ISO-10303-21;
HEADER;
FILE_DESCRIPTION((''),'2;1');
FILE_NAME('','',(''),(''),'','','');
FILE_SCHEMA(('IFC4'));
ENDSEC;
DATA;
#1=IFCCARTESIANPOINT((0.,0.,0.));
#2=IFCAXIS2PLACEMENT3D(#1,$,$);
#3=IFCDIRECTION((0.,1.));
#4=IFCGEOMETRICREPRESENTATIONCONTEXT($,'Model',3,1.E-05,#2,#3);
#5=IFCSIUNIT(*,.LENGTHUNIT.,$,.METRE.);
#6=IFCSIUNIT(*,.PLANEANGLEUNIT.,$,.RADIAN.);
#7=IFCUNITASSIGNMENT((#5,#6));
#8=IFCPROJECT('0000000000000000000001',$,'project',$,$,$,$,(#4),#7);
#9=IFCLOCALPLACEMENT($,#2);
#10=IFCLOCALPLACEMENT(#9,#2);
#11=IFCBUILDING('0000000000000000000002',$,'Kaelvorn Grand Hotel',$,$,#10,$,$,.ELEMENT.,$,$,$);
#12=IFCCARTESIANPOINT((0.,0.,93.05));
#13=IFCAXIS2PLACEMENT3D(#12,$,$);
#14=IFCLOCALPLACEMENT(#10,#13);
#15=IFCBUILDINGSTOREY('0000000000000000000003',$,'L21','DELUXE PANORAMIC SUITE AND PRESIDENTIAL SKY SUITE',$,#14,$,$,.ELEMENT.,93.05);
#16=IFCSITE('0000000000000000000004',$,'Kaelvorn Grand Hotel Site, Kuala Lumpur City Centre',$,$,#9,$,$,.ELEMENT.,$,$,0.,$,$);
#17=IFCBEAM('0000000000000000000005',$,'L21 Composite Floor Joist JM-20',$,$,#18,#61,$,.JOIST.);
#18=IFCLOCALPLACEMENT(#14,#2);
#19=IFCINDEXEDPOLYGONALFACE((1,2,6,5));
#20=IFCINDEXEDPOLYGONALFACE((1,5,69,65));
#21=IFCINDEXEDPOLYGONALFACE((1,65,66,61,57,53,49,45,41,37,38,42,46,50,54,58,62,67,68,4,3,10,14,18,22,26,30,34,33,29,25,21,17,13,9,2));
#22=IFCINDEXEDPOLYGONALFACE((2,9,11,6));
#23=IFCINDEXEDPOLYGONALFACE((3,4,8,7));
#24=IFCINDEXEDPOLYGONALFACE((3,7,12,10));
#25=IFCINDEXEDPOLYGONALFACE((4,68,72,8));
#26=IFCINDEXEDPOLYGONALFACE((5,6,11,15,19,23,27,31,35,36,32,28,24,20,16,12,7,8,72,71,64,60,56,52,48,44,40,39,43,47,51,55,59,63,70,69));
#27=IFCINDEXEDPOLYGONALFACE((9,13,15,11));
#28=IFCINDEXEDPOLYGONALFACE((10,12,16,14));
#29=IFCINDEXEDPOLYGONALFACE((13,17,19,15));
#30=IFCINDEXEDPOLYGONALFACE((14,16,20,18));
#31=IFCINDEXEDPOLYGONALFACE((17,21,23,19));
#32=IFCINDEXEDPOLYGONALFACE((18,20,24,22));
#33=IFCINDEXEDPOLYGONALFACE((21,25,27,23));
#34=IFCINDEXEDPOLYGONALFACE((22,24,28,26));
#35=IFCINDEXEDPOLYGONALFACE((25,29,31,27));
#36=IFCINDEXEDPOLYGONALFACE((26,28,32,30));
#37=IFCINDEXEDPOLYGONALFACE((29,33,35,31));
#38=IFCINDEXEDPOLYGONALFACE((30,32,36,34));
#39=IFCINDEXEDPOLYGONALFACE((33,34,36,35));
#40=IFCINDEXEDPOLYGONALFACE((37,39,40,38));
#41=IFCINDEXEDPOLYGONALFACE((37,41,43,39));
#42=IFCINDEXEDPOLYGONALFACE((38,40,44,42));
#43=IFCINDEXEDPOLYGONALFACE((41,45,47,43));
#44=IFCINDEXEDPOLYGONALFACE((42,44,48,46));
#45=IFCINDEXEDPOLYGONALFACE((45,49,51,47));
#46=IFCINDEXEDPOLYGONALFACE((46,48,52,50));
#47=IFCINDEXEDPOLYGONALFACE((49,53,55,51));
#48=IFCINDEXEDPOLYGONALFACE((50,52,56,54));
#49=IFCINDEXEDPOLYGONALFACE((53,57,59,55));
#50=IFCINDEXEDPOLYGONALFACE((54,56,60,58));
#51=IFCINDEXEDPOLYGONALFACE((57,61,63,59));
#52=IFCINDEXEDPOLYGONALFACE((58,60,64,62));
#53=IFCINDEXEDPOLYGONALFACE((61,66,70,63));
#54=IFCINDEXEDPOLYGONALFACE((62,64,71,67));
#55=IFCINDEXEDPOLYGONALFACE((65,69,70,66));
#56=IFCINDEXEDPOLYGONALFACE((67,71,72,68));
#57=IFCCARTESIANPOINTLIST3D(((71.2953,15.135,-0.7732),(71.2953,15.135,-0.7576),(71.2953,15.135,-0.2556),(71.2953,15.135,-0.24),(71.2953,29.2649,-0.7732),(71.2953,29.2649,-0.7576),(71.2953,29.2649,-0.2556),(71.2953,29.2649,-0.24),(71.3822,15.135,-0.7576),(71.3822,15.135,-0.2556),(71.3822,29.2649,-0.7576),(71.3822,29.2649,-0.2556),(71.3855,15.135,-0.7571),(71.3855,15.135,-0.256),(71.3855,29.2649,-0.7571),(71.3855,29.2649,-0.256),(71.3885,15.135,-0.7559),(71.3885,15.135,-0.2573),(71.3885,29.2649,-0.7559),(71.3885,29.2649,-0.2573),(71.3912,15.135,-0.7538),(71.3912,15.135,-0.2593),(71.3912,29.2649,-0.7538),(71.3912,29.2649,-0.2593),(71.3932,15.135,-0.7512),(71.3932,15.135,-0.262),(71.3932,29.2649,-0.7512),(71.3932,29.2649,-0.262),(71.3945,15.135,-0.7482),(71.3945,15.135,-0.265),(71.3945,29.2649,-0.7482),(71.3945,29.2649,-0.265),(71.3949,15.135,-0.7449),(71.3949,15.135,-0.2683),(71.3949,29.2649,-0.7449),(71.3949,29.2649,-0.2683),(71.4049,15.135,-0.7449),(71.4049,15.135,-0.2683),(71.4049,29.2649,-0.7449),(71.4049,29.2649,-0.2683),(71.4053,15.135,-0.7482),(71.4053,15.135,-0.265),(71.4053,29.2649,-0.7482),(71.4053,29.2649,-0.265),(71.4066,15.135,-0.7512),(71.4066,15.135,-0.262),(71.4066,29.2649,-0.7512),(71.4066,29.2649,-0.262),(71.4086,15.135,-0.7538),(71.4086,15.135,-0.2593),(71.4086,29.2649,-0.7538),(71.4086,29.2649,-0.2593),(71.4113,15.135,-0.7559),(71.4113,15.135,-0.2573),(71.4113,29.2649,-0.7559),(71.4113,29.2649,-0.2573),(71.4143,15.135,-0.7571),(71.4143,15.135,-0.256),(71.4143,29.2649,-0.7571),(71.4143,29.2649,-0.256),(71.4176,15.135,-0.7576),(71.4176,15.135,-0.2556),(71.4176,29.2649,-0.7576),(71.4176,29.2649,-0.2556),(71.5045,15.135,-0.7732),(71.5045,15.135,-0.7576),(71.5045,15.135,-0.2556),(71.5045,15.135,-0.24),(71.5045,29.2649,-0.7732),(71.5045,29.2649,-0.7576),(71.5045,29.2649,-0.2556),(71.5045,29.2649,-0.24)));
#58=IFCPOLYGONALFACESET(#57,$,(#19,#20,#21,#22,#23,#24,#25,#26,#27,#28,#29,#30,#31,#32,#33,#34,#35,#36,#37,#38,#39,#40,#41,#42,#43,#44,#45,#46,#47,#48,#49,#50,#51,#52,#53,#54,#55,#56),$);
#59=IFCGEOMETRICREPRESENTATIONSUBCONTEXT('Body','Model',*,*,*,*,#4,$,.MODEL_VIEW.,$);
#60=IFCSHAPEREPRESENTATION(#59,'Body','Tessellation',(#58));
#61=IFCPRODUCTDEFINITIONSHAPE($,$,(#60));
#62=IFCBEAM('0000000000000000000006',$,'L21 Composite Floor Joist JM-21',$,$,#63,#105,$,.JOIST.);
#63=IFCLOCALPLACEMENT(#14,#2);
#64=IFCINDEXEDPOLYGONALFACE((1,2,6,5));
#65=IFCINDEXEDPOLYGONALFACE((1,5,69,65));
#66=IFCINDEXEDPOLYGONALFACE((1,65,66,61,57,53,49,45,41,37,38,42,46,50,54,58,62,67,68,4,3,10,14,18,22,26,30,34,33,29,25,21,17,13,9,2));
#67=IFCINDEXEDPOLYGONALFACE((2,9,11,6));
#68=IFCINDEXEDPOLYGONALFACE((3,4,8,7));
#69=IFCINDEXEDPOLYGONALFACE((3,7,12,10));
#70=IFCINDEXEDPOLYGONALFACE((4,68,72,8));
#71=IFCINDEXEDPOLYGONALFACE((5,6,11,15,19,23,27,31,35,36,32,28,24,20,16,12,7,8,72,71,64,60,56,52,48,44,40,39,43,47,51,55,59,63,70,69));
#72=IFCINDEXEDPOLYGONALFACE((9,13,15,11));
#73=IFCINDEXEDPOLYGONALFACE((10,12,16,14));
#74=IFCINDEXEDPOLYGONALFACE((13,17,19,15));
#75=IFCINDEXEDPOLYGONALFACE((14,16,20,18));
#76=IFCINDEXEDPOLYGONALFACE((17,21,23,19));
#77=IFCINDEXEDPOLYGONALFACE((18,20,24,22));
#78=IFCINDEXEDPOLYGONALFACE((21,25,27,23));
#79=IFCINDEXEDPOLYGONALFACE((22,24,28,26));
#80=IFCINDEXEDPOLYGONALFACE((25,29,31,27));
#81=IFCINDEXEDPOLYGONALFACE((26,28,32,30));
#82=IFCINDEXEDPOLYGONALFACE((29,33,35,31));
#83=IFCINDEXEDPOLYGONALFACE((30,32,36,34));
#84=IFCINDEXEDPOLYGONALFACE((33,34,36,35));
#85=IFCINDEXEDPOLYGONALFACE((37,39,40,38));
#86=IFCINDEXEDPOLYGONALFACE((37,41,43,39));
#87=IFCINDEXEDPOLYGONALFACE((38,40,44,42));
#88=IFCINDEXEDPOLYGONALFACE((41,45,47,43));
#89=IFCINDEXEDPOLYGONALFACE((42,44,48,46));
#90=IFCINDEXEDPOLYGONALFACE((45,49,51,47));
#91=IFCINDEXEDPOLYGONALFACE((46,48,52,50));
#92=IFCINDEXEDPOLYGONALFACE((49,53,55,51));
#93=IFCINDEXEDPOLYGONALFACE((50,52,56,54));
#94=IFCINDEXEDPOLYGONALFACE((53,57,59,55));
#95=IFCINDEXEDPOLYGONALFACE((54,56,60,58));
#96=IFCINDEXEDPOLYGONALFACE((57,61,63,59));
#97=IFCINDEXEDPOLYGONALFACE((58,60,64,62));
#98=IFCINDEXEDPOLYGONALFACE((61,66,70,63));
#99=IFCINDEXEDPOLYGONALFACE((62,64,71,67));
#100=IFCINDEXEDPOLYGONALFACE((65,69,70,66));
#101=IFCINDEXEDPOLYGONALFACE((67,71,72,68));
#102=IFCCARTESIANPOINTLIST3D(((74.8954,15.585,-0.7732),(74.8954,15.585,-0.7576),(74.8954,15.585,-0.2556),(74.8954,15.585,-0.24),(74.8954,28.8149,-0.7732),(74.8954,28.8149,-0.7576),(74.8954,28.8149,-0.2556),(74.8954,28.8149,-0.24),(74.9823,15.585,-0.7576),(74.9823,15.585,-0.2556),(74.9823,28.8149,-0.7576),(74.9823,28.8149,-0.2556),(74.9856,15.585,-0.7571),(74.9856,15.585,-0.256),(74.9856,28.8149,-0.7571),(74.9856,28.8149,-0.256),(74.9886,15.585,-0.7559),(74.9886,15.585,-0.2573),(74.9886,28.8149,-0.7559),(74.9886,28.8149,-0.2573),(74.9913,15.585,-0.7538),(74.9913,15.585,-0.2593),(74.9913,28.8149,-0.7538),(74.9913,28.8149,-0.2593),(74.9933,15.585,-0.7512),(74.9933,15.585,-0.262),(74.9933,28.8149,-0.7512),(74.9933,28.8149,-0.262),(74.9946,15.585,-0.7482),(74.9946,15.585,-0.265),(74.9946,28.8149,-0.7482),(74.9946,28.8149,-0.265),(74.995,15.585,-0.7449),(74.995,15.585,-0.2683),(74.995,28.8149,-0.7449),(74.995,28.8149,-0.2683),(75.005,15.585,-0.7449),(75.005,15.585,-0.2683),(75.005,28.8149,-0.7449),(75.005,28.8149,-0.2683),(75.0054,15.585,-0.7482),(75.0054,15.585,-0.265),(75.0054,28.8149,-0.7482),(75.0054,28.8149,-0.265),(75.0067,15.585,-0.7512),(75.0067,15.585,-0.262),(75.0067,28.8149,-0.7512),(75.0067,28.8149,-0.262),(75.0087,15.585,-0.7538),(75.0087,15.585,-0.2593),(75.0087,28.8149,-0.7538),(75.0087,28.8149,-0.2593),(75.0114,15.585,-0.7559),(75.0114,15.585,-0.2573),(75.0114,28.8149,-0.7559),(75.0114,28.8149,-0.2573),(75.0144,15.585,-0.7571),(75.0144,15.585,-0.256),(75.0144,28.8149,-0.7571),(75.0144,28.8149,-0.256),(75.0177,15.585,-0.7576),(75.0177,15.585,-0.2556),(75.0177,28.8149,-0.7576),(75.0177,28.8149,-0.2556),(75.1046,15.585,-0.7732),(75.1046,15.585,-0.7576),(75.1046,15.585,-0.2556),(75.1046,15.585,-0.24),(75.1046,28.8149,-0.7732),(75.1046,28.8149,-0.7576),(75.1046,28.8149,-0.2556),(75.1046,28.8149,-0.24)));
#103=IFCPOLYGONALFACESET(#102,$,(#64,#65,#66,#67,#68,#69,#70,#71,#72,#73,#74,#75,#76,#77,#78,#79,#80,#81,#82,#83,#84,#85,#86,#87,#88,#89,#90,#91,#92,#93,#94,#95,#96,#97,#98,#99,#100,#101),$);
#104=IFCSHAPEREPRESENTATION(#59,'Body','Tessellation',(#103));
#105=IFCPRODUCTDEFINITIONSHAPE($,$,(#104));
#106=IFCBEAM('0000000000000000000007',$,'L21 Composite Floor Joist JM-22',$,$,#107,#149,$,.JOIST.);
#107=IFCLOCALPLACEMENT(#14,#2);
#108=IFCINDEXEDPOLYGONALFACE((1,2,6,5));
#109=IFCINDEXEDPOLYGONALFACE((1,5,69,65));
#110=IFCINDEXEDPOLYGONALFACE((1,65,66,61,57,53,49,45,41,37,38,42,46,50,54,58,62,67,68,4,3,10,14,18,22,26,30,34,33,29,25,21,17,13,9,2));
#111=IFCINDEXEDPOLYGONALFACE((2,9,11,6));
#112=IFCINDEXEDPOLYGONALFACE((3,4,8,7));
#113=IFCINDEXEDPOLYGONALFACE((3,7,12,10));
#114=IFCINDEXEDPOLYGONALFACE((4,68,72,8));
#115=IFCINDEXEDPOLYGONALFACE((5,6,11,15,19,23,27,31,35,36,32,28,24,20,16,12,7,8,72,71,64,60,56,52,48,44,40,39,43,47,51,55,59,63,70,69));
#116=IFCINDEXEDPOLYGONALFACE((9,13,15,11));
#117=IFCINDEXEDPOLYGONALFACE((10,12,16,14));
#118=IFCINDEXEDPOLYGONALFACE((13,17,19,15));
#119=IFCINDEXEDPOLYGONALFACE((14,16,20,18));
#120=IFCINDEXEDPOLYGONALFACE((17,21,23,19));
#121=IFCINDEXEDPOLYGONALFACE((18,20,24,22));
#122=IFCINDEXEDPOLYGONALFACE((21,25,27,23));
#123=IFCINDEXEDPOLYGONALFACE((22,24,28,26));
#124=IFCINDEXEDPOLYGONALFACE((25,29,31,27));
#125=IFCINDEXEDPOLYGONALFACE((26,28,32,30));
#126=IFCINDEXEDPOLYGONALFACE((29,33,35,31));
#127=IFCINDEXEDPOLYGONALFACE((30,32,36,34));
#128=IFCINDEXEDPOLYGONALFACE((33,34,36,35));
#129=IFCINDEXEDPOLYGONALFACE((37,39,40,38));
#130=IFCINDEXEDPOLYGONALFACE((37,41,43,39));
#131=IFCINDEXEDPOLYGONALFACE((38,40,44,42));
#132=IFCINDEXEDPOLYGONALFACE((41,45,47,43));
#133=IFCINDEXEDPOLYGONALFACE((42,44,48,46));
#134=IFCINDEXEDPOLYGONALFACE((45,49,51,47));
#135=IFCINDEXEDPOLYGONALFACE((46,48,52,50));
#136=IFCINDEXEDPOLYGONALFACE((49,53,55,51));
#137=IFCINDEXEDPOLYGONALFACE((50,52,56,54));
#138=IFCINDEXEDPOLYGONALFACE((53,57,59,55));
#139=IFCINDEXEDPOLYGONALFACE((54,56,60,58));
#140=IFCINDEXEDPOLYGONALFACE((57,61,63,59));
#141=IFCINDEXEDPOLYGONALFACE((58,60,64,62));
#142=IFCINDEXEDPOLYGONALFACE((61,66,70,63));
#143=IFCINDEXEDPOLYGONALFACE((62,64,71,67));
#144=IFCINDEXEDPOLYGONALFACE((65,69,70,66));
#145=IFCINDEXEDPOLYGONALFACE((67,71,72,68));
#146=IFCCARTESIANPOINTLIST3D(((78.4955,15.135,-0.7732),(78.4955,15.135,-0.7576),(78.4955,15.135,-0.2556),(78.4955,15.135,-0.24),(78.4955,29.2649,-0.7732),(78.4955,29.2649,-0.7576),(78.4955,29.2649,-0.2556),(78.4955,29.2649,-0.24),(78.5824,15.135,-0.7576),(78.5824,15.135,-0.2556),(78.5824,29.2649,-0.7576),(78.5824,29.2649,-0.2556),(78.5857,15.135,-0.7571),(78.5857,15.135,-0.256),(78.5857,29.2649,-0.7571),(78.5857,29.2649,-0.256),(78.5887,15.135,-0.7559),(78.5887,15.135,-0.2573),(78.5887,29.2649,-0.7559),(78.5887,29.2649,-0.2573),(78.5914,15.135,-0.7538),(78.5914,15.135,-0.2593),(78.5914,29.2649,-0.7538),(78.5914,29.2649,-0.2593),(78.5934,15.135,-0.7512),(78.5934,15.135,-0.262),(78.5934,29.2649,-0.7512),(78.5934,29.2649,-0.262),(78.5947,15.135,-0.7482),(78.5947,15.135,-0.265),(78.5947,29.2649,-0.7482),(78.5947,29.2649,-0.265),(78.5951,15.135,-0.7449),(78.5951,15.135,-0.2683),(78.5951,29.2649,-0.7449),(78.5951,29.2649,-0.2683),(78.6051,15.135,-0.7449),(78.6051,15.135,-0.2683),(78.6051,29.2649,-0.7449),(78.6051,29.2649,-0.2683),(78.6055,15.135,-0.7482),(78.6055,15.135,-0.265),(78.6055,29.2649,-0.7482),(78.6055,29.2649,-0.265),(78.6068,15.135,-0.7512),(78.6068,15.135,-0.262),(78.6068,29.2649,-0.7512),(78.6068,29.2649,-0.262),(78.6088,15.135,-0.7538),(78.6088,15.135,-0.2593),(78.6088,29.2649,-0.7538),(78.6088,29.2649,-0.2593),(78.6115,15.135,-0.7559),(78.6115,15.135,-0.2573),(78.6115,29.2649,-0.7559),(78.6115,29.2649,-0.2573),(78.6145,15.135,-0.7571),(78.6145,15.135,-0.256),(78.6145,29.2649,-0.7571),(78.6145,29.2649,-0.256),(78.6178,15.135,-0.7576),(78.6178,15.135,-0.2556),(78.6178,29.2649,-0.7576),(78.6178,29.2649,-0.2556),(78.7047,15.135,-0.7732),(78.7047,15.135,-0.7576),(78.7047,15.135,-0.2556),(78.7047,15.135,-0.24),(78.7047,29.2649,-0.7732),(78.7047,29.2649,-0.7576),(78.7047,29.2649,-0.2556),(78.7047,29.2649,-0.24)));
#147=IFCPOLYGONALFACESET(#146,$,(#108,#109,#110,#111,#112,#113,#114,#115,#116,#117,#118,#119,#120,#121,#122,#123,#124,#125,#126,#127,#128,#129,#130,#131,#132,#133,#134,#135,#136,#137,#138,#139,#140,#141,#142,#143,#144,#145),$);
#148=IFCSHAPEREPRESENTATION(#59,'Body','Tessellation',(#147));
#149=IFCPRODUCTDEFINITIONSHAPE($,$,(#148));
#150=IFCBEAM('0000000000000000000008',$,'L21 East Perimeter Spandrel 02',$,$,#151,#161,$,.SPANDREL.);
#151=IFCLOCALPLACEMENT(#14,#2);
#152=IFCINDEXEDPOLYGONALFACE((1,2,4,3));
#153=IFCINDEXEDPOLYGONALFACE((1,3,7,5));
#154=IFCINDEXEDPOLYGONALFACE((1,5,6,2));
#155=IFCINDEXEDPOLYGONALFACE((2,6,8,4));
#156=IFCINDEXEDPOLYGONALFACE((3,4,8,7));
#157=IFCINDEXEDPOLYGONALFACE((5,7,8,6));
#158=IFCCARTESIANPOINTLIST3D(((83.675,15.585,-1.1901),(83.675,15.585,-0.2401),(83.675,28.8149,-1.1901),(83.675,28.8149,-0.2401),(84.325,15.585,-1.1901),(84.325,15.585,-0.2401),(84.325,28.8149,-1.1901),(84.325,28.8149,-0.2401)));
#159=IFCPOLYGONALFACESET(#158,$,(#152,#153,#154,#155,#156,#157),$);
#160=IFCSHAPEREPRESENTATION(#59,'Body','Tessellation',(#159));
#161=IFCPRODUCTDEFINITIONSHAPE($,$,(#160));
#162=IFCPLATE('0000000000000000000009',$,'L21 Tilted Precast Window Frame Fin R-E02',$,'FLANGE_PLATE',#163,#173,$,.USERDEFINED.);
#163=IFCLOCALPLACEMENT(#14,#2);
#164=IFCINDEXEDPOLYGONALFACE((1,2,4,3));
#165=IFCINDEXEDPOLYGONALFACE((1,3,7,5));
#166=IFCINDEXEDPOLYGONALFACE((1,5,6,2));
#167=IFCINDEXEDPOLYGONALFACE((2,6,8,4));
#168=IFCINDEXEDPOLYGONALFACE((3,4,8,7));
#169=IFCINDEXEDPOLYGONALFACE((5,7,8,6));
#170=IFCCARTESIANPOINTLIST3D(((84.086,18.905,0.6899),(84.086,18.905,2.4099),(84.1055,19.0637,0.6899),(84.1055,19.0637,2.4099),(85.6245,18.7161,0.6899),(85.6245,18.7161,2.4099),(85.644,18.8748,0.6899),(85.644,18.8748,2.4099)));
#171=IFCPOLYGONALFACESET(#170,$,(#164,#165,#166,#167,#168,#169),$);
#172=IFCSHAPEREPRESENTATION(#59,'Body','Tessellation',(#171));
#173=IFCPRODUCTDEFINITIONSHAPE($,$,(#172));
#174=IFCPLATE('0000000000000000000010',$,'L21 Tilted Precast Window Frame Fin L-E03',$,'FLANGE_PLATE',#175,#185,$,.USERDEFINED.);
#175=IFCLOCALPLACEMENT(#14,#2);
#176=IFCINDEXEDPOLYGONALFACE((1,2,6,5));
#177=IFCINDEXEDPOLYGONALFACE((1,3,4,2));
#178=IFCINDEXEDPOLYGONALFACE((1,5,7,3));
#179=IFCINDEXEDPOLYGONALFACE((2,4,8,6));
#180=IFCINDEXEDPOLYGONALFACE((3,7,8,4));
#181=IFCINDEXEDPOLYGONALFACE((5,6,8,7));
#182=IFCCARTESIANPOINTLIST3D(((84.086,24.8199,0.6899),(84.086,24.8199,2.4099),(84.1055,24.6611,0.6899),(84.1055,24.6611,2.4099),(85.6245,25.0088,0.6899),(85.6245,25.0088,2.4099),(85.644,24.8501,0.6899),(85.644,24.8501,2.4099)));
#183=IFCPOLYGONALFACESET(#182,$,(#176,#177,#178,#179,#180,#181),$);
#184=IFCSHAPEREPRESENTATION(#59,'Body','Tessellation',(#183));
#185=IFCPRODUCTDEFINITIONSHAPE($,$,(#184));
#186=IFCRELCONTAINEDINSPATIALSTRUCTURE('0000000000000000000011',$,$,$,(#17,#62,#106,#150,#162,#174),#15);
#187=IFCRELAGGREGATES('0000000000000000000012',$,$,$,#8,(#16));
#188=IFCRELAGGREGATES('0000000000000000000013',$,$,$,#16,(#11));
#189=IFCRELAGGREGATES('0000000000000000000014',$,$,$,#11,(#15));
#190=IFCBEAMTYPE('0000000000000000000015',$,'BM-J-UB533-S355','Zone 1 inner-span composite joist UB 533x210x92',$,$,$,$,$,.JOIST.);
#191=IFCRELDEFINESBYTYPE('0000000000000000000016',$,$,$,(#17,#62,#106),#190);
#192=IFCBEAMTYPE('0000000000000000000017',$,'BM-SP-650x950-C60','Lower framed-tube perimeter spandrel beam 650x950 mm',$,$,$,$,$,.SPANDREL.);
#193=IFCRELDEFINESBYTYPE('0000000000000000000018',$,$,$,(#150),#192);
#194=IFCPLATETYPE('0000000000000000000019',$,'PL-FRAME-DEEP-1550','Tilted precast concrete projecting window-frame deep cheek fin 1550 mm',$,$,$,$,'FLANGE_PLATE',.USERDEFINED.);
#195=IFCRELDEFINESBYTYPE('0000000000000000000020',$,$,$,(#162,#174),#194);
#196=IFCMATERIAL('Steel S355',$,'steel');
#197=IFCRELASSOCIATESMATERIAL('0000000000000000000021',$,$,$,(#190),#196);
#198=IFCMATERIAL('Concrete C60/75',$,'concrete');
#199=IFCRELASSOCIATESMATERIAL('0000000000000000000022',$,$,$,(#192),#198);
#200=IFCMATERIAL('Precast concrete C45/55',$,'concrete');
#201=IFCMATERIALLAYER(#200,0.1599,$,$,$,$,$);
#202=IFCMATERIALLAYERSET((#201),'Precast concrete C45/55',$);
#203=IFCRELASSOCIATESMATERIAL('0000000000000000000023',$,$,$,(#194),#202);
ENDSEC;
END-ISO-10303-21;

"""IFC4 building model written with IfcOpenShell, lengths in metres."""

from ifc_helpers import new_model, si_unit, direction, frame, origin, origin_2d, place, context, subcontext, project, spatial, rectangle, i_section, extrude, material, layer, layer_set, material_profile, profile_set, type_object, element, save


model = new_model("IFC4")

# Units and contexts
model_context = context("Model", 3, precision=1e-05, world=origin(), true_north=direction((0.0, 1.0)))
body_context = subcontext(model_context, "Body", "Model", "MODEL_VIEW")
ifc_project = project(units=[si_unit("LENGTHUNIT", "METRE"), si_unit("PLANEANGLEUNIT", "RADIAN")], contexts=[model_context])

# Site, building, storey
site_placement = place(None, origin())
site = spatial("IfcSite", under=ifc_project, at=site_placement, Name="Kaelvorn Grand Hotel Site, Kuala Lumpur City Centre", CompositionType="ELEMENT", RefElevation=0.0)
building_placement = place(site_placement, origin())
building = spatial("IfcBuilding", under=site, at=building_placement, Name="Kaelvorn Grand Hotel", CompositionType="ELEMENT")
storey_placement = place(building_placement, frame((0.0, 0.0, 93.05)))
storey = spatial("IfcBuildingStorey", under=building, at=storey_placement, Name="L21", Description="DELUXE PANORAMIC SUITE AND PRESIDENTIAL SKY SUITE", CompositionType="ELEMENT", Elevation=93.05)

# Shared definitions
ifc_material_1 = material(Name="Concrete C60/75", Category="concrete")

# Beams
ifc_material_2 = material(Name="Steel S355", Category="steel")
ifc_material_profile_1 = material_profile(ifc_material_2, i_section(OverallWidth=0.2092, OverallDepth=0.5332, WebThickness=0.01, FlangeThickness=0.0156, FilletRadius=0.0127, at=origin_2d()), Name="UB 533x210x92")
ifc_profile_set_1 = profile_set([ifc_material_profile_1], Name="Steel S355")
beam_type_1 = type_object("IfcBeamType", Name="BM-J-UB533-S355", Description="Zone 1 inner-span composite joist UB 533x210x92", PredefinedType="JOIST", material=ifc_profile_set_1)
beam_1_placement = place(storey_placement, frame((71.3999, 15.135, -0.5066), z_axis=(0.0, 1.0, 0.0), x_axis=(-1.0, 0.0, 0.0)))
element("IfcBeam", 1, at=beam_1_placement, inside=storey, type_object=beam_type_1, Name="L21 Composite Floor Joist JM-20", PredefinedType="JOIST", context=body_context, shape_type="SweptSolid", body=[
    extrude(i_section(OverallWidth=0.2092, OverallDepth=0.5332, WebThickness=0.01, FlangeThickness=0.0156, FilletRadius=0.0127, at=origin_2d()), origin(), (0.0, 0.0, 1.0), 14.1299),
])
beam_2_placement = place(storey_placement, frame((75.0, 15.585, -0.5066), z_axis=(0.0, 1.0, 0.0), x_axis=(-1.0, 0.0, 0.0)))
element("IfcBeam", 2, at=beam_2_placement, inside=storey, type_object=beam_type_1, Name="L21 Composite Floor Joist JM-21", PredefinedType="JOIST", context=body_context, shape_type="SweptSolid", body=[
    extrude(i_section(OverallWidth=0.2092, OverallDepth=0.5332, WebThickness=0.01, FlangeThickness=0.0156, FilletRadius=0.0127, at=origin_2d()), origin(), (0.0, 0.0, 1.0), 13.23),
])
beam_3_placement = place(storey_placement, frame((78.6001, 15.135, -0.5066), z_axis=(0.0, 1.0, 0.0), x_axis=(-1.0, 0.0, 0.0)))
element("IfcBeam", 3, at=beam_3_placement, inside=storey, type_object=beam_type_1, Name="L21 Composite Floor Joist JM-22", PredefinedType="JOIST", context=body_context, shape_type="SweptSolid", body=[
    extrude(i_section(OverallWidth=0.2092, OverallDepth=0.5332, WebThickness=0.01, FlangeThickness=0.0156, FilletRadius=0.0127, at=origin_2d()), origin(), (0.0, 0.0, 1.0), 14.1299),
])
ifc_material_profile_2 = material_profile(ifc_material_1, rectangle(XDim=0.6499, YDim=0.95, at=origin_2d()), Name="RC SPANDREL 650x950")
ifc_profile_set_2 = profile_set([ifc_material_profile_2], Name="Concrete C60/75")
beam_type_2 = type_object("IfcBeamType", Name="BM-SP-650x950-C60", Description="Lower framed-tube perimeter spandrel beam 650x950 mm", PredefinedType="SPANDREL", material=ifc_profile_set_2)
beam_4_placement = place(storey_placement, frame((84.0, 15.585, -0.7151), z_axis=(0.0, 1.0, 0.0), x_axis=(-1.0, 0.0, 0.0)))
element("IfcBeam", 4, at=beam_4_placement, inside=storey, type_object=beam_type_2, Name="L21 East Perimeter Spandrel 02", PredefinedType="SPANDREL", context=body_context, shape_type="SweptSolid", body=[
    extrude(rectangle(XDim=0.6499, YDim=0.95, at=origin_2d()), origin(), (0.0, 0.0, 1.0), 13.23),
])

# Plates
ifc_material_3 = material(Name="Precast concrete C45/55", Category="concrete")
ifc_layer_1 = layer(ifc_material_3, 0.1599)
ifc_layer_set_1 = layer_set([ifc_layer_1], Name="Precast concrete C45/55")
plate_type_1 = type_object("IfcPlateType", Name="PL-FRAME-DEEP-1550", Description="Tilted precast concrete projecting window-frame deep cheek fin 1550 mm", ElementType="FLANGE_PLATE", PredefinedType="USERDEFINED", material=ifc_layer_set_1)
for number, where, z_axis, x_axis, name in (
    (5, (84.865, 18.8899, 0.6899), (0.0, 0.0, 1.0), (0.121869, 0.992546, 0.0), "L21 Tilted Precast Window Frame Fin R-E02"),
    (6, (84.865, 24.835, 0.6899), (0.0, 0.0, 1.0), (-0.121869, 0.992546, 0.0), "L21 Tilted Precast Window Frame Fin L-E03"),
):
    element("IfcPlate", number, at=place(storey_placement, frame(where, z_axis=z_axis, x_axis=x_axis)), inside=storey, type_object=plate_type_1, Name=name, ObjectType="FLANGE_PLATE", PredefinedType="USERDEFINED", context=body_context, shape_type="SweptSolid", body=[
        extrude(rectangle(XDim=0.1599, YDim=1.55, at=origin_2d()), origin(), (0.0, 0.0, 1.0), 1.72),
    ])

save(model, "model.ifc")
